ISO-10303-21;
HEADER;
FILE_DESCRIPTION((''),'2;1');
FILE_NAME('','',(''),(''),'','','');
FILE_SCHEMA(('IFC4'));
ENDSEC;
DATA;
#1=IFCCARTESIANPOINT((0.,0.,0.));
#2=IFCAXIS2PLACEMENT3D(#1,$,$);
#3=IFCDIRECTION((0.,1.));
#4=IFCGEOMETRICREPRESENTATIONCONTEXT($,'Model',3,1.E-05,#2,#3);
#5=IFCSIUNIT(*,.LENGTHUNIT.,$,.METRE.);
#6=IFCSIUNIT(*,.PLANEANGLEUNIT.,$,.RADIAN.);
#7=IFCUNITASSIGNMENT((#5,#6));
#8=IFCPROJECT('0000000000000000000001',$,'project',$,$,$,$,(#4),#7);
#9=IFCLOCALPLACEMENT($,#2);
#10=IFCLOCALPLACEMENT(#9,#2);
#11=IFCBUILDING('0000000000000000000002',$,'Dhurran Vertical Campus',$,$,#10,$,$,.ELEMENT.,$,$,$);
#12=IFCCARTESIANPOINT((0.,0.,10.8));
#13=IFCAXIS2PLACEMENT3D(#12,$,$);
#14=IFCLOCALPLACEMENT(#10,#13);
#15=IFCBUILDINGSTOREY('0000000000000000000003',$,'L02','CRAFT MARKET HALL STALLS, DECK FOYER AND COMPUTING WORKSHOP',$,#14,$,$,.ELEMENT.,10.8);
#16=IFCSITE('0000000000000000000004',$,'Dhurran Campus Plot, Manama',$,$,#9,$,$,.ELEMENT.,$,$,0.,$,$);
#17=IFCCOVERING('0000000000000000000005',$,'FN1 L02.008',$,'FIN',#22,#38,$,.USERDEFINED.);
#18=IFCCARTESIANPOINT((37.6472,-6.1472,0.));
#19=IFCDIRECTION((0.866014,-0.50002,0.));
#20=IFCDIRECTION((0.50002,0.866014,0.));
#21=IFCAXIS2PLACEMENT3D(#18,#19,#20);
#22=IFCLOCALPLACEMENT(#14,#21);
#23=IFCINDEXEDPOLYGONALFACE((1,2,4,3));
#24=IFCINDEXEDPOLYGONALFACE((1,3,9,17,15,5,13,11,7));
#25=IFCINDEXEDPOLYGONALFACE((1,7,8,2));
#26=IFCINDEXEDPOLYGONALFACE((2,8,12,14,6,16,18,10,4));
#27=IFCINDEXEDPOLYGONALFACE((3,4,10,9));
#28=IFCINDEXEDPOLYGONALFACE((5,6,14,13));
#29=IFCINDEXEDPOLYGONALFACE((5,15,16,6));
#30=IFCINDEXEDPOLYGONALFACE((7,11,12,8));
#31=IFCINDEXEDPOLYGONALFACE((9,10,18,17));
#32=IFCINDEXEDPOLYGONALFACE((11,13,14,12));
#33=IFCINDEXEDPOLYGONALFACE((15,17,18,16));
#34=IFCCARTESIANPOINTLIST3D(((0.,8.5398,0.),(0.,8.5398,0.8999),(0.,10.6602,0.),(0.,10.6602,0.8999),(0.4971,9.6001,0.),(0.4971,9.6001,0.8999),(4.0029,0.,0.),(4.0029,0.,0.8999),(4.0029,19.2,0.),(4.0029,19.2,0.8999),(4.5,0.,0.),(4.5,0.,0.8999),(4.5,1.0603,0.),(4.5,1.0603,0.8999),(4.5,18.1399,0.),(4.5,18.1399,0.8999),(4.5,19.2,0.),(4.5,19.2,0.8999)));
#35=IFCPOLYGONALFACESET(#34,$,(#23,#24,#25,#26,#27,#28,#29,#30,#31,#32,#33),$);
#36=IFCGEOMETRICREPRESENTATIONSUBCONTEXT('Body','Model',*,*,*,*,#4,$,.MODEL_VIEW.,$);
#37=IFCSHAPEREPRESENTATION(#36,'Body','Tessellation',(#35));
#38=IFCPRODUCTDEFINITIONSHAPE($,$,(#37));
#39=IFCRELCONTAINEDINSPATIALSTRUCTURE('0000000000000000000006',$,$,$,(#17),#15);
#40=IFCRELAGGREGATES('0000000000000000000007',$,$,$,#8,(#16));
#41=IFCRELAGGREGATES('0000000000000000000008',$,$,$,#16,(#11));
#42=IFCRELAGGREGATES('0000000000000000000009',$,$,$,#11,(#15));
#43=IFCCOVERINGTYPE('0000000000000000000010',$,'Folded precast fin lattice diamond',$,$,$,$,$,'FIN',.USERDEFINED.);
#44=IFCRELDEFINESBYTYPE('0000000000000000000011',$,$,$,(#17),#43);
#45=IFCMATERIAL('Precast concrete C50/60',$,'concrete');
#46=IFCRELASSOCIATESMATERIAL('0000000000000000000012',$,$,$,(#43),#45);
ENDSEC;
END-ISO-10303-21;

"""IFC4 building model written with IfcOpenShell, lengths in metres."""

from ifc_helpers import new_model, si_unit, direction, frame, origin, place, context, subcontext, project, spatial, polyline, outline, extrude, material, type_object, element, save


model = new_model("IFC4")

# Units and contexts
model_context = context("Model", 3, precision=1e-05, world=origin(), true_north=direction((0.0, 1.0)))
body_context = subcontext(model_context, "Body", "Model", "MODEL_VIEW")
ifc_project = project(units=[si_unit("LENGTHUNIT", "METRE"), si_unit("PLANEANGLEUNIT", "RADIAN")], contexts=[model_context])

# Site, building, storey
site_placement = place(None, origin())
site = spatial("IfcSite", under=ifc_project, at=site_placement, Name="Dhurran Campus Plot, Manama", CompositionType="ELEMENT", RefElevation=0.0)
building_placement = place(site_placement, origin())
building = spatial("IfcBuilding", under=site, at=building_placement, Name="Dhurran Vertical Campus", CompositionType="ELEMENT")
storey_placement = place(building_placement, frame((0.0, 0.0, 10.8)))
storey = spatial("IfcBuildingStorey", under=building, at=storey_placement, Name="L02", Description="CRAFT MARKET HALL STALLS, DECK FOYER AND COMPUTING WORKSHOP", CompositionType="ELEMENT", Elevation=10.8)

# Covering
ifc_material_1 = material(Name="Precast concrete C50/60", Category="concrete")
covering_type = type_object("IfcCoveringType", Name="Folded precast fin lattice diamond", ElementType="FIN", PredefinedType="USERDEFINED", material=ifc_material_1)
covering_1_placement = place(storey_placement, frame((37.6472, -6.1472, 0.0), z_axis=(0.866014, -0.50002, 0.0), x_axis=(0.50002, 0.866014, 0.0)))
element("IfcCovering", 1, at=covering_1_placement, inside=storey, type_object=covering_type, Name="FN1 L02.008", ObjectType="FIN", PredefinedType="USERDEFINED", context=body_context, shape_type="SweptSolid", body=[
    extrude(outline(polyline([(4.0029, 0.0), (0.0, 8.5398), (0.0, 10.6602), (4.0029, 19.2), (4.5, 19.2), (4.5, 18.1399), (0.4971, 9.6001), (4.5, 1.0603), (4.5, 0.0), (4.0029, 0.0)])), origin(), (0.0, 0.0, 1.0), 0.8999),
])

save(model, "model.ifc")
